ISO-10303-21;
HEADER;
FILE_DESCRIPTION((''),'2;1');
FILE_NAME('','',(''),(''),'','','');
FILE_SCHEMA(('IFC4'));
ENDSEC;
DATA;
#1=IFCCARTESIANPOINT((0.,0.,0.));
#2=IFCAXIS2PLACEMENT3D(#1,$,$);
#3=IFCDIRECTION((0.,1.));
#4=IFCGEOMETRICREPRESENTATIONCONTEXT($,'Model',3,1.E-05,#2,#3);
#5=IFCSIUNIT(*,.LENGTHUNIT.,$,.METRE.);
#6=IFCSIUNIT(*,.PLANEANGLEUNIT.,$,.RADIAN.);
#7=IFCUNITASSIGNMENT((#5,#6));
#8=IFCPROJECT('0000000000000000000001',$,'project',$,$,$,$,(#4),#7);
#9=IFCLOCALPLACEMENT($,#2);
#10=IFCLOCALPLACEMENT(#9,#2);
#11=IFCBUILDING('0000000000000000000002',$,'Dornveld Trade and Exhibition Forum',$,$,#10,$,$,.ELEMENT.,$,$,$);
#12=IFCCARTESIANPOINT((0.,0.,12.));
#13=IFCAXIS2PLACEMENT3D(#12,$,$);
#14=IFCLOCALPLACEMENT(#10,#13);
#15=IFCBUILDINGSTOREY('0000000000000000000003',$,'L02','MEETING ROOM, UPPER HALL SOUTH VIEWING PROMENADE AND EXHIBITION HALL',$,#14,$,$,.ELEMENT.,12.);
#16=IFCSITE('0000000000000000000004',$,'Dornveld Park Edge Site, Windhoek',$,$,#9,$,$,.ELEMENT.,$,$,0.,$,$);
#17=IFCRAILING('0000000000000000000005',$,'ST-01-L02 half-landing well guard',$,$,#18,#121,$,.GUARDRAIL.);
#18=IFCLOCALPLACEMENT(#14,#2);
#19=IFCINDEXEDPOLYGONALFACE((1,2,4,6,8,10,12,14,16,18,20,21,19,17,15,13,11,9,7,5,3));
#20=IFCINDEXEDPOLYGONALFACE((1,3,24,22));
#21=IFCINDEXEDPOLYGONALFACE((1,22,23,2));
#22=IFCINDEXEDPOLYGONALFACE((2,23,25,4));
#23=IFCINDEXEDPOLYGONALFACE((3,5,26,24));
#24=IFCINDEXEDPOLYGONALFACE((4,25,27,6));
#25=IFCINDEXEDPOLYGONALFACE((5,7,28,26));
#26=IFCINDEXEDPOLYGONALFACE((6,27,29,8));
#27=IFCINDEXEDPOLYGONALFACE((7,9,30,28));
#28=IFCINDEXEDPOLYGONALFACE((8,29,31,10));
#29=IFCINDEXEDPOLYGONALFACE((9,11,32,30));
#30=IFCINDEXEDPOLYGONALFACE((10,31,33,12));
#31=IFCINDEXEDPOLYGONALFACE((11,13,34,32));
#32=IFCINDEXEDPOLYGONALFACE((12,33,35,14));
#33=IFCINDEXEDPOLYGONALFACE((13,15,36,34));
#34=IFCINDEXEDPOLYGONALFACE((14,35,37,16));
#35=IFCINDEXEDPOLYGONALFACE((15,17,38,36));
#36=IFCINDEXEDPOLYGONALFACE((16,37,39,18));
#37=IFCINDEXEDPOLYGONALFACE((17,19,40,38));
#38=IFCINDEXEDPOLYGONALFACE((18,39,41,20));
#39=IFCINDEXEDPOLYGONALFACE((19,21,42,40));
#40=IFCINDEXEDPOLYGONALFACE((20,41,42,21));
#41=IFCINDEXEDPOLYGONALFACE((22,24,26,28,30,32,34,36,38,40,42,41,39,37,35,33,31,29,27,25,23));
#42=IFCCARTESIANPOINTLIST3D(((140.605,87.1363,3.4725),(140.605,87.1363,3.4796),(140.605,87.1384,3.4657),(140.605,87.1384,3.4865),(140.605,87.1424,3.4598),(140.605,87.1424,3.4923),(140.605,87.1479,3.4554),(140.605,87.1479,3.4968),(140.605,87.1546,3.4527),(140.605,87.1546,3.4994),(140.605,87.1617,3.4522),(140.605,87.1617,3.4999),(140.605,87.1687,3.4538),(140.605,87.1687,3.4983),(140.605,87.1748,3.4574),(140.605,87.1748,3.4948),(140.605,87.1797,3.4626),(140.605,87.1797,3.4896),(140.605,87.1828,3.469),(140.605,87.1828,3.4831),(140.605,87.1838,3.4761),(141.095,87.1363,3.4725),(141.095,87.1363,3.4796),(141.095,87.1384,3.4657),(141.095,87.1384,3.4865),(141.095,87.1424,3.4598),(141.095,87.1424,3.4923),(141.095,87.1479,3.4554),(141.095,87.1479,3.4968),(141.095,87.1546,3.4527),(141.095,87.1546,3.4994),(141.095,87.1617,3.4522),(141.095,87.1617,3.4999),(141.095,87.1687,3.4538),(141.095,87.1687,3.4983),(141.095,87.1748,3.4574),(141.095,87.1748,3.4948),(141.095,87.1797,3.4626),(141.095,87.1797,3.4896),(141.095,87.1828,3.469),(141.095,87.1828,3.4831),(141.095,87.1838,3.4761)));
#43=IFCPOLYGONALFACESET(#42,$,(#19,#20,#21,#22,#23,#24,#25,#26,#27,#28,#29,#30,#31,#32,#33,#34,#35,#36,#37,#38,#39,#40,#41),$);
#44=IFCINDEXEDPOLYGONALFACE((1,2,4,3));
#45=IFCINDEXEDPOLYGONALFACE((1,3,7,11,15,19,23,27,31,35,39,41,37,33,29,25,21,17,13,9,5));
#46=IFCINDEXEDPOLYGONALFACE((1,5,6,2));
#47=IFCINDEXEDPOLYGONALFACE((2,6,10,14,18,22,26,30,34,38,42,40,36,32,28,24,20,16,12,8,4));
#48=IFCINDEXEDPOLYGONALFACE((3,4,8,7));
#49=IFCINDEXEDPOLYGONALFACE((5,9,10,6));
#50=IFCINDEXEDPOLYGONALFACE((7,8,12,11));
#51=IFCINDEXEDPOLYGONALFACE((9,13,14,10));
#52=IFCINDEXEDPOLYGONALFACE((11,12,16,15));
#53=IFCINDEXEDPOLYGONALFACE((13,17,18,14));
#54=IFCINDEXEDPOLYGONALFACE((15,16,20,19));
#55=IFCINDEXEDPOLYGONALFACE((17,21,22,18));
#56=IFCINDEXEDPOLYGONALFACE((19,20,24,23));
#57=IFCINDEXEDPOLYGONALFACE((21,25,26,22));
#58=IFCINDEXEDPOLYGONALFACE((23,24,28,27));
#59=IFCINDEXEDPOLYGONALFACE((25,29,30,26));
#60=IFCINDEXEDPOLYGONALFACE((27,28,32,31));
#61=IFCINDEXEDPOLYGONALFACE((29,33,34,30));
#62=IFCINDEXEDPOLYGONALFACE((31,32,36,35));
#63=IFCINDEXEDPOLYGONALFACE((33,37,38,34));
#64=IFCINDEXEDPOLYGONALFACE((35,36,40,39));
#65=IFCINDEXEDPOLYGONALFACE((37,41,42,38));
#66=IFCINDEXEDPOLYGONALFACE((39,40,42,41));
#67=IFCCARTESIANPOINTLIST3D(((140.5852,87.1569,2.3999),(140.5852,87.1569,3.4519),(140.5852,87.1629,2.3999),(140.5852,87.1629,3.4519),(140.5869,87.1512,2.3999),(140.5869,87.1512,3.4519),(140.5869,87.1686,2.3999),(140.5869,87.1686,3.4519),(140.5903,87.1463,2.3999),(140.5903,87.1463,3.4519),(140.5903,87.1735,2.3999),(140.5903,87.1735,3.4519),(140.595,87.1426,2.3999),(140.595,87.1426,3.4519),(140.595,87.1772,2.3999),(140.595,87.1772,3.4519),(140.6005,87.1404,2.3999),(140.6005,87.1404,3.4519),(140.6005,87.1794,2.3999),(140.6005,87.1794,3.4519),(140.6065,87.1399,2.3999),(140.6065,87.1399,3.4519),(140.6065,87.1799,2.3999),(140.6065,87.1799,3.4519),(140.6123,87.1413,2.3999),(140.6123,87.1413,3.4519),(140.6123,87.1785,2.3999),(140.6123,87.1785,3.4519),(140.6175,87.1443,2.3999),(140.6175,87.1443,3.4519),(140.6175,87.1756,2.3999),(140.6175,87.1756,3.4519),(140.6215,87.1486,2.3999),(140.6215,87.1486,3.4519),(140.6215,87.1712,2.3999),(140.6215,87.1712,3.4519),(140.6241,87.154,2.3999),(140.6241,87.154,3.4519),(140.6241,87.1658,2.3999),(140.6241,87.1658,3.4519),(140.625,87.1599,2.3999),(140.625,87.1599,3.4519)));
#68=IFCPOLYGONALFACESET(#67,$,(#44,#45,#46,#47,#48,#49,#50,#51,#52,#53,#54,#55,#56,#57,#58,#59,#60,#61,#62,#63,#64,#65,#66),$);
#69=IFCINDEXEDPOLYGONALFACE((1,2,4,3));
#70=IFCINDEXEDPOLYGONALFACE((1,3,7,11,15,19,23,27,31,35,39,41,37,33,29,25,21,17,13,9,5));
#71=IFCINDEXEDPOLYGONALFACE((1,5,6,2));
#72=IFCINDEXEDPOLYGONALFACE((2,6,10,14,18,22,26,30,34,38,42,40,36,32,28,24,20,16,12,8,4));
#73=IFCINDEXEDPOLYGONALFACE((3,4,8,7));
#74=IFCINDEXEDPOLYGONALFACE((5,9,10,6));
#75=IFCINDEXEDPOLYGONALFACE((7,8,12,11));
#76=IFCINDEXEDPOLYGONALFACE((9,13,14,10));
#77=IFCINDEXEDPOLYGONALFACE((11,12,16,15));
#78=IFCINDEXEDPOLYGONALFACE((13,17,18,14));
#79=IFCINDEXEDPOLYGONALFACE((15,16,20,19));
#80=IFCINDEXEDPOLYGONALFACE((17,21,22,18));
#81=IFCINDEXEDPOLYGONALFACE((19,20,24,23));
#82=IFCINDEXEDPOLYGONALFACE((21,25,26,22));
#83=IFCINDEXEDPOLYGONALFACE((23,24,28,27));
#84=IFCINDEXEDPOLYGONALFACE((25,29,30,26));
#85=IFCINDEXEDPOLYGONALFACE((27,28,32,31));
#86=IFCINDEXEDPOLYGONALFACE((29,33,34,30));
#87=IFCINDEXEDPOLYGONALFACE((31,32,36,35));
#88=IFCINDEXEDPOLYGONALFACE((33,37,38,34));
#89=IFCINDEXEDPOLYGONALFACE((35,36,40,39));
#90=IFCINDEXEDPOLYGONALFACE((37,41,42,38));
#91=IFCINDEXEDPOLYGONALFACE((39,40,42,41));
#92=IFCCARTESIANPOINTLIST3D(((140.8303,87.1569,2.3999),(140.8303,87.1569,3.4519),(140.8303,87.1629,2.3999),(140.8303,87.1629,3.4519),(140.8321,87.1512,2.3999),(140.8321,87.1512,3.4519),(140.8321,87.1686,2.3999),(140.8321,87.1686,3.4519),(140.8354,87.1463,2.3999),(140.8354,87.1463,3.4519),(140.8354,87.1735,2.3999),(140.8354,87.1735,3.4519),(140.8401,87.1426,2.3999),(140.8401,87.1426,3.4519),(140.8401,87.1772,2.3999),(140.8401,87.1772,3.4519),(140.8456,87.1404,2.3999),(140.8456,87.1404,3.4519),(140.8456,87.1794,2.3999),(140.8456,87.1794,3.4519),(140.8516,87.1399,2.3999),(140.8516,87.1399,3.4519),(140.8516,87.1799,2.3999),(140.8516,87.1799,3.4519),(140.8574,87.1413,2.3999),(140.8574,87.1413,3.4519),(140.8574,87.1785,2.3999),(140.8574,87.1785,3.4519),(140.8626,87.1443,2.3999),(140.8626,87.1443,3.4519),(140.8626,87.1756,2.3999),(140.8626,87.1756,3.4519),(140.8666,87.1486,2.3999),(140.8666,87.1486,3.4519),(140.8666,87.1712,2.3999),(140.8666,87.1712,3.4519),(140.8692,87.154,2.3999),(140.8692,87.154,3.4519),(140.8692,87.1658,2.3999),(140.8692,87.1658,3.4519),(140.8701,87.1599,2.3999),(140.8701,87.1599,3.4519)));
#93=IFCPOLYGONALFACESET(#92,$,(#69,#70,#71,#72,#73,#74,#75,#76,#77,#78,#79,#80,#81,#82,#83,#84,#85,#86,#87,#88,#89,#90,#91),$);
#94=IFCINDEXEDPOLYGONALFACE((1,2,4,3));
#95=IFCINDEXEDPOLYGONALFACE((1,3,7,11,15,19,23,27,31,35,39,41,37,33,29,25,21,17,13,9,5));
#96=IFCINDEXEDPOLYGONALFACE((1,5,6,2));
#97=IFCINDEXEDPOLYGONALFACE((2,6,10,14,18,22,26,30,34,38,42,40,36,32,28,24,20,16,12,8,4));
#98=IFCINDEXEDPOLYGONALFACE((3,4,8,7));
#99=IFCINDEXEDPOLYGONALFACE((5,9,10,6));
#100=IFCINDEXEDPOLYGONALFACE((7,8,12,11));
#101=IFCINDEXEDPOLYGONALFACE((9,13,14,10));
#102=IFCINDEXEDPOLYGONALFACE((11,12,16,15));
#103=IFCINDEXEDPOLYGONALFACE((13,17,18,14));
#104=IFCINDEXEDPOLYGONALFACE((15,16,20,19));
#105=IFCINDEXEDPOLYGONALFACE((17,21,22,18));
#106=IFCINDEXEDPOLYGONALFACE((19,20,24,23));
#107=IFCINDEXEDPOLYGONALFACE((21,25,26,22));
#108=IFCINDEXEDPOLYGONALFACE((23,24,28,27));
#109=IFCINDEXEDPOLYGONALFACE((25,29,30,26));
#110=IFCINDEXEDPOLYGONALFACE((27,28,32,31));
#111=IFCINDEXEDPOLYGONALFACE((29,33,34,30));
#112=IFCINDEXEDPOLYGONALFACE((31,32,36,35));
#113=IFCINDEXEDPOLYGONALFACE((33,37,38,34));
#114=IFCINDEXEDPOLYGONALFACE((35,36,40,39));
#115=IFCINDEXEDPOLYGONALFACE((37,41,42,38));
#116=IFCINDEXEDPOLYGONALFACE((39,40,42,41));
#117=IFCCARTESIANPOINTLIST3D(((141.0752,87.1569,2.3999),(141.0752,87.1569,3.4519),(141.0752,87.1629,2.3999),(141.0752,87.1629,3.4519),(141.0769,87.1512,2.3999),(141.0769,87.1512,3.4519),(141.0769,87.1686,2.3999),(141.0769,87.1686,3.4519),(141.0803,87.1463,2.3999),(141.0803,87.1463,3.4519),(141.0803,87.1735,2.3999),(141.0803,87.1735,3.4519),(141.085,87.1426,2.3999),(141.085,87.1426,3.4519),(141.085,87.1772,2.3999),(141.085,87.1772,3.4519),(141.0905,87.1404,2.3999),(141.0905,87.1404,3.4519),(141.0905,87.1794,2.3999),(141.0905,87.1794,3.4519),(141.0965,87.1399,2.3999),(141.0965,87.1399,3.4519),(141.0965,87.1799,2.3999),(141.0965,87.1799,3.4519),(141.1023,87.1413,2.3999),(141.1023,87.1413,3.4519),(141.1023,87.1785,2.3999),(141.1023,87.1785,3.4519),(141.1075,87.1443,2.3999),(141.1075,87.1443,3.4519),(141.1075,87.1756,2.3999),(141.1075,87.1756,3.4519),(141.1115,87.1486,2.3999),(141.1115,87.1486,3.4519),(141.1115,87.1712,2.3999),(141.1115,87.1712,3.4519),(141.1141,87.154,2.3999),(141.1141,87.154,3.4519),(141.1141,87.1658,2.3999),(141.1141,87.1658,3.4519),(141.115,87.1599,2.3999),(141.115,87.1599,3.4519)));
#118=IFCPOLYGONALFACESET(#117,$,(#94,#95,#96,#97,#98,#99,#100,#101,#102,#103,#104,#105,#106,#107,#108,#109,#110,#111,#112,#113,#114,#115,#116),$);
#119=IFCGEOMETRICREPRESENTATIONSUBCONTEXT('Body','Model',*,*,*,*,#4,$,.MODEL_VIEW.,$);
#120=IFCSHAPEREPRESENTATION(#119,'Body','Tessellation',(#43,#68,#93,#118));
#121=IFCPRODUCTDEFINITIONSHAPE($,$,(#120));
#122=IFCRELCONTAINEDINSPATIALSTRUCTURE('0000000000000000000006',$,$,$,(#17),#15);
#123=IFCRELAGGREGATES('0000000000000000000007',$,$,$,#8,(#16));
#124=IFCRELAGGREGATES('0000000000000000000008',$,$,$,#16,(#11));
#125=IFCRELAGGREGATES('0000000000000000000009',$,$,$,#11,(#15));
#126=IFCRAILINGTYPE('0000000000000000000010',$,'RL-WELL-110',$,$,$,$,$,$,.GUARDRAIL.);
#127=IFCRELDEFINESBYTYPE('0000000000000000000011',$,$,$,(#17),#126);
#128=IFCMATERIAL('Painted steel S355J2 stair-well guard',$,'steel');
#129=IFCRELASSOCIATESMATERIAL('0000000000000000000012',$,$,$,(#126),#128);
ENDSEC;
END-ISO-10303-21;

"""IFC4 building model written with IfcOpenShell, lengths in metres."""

from ifc_helpers import new_model, si_unit, direction, frame, origin, origin_2d, place, context, subcontext, project, spatial, circle, extrude, material, type_object, element, save


model = new_model("IFC4")

# Units and contexts
model_context = context("Model", 3, precision=1e-05, world=origin(), true_north=direction((0.0, 1.0)))
body_context = subcontext(model_context, "Body", "Model", "MODEL_VIEW")
ifc_project = project(units=[si_unit("LENGTHUNIT", "METRE"), si_unit("PLANEANGLEUNIT", "RADIAN")], contexts=[model_context])

# Site, building, storey
site_placement = place(None, origin())
site = spatial("IfcSite", under=ifc_project, at=site_placement, Name="Dornveld Park Edge Site, Windhoek", CompositionType="ELEMENT", RefElevation=0.0)
building_placement = place(site_placement, origin())
building = spatial("IfcBuilding", under=site, at=building_placement, Name="Dornveld Trade and Exhibition Forum", CompositionType="ELEMENT")
storey_placement = place(building_placement, frame((0.0, 0.0, 12.0)))
storey = spatial("IfcBuildingStorey", under=building, at=storey_placement, Name="L02", Description="MEETING ROOM, UPPER HALL SOUTH VIEWING PROMENADE AND EXHIBITION HALL", CompositionType="ELEMENT", Elevation=12.0)

# Railing
ifc_material_1 = material(Name="Painted steel S355J2 stair-well guard", Category="steel")
railing_type_1 = type_object("IfcRailingType", Name="RL-WELL-110", PredefinedType="GUARDRAIL", material=ifc_material_1)
railing_1_placement = place(storey_placement, frame((140.605, 87.1599, 2.3999)))
element("IfcRailing", 1, at=railing_1_placement, inside=storey, type_object=railing_type_1, Name="ST-01-L02 half-landing well guard", PredefinedType="GUARDRAIL", context=body_context, shape_type="SweptSolid", body=[
    extrude(circle(Radius=0.0239, at=origin_2d()), frame((0.0, 0.0, 1.0762), z_axis=(1.0, 0.0, 0.0), x_axis=(0.0, 1.0, 0.0)), (0.0, 0.0, 1.0), 0.49),
    extrude(circle(Radius=0.02, at=origin_2d()), origin(), (0.0, 0.0, 1.0), 1.052),
    extrude(circle(Radius=0.02, at=origin_2d()), frame((0.2451, 0.0, 0.0)), (0.0, 0.0, 1.0), 1.052),
    extrude(circle(Radius=0.02, at=origin_2d()), frame((0.49, 0.0, 0.0)), (0.0, 0.0, 1.0), 1.052),
])

save(model, "model.ifc")
